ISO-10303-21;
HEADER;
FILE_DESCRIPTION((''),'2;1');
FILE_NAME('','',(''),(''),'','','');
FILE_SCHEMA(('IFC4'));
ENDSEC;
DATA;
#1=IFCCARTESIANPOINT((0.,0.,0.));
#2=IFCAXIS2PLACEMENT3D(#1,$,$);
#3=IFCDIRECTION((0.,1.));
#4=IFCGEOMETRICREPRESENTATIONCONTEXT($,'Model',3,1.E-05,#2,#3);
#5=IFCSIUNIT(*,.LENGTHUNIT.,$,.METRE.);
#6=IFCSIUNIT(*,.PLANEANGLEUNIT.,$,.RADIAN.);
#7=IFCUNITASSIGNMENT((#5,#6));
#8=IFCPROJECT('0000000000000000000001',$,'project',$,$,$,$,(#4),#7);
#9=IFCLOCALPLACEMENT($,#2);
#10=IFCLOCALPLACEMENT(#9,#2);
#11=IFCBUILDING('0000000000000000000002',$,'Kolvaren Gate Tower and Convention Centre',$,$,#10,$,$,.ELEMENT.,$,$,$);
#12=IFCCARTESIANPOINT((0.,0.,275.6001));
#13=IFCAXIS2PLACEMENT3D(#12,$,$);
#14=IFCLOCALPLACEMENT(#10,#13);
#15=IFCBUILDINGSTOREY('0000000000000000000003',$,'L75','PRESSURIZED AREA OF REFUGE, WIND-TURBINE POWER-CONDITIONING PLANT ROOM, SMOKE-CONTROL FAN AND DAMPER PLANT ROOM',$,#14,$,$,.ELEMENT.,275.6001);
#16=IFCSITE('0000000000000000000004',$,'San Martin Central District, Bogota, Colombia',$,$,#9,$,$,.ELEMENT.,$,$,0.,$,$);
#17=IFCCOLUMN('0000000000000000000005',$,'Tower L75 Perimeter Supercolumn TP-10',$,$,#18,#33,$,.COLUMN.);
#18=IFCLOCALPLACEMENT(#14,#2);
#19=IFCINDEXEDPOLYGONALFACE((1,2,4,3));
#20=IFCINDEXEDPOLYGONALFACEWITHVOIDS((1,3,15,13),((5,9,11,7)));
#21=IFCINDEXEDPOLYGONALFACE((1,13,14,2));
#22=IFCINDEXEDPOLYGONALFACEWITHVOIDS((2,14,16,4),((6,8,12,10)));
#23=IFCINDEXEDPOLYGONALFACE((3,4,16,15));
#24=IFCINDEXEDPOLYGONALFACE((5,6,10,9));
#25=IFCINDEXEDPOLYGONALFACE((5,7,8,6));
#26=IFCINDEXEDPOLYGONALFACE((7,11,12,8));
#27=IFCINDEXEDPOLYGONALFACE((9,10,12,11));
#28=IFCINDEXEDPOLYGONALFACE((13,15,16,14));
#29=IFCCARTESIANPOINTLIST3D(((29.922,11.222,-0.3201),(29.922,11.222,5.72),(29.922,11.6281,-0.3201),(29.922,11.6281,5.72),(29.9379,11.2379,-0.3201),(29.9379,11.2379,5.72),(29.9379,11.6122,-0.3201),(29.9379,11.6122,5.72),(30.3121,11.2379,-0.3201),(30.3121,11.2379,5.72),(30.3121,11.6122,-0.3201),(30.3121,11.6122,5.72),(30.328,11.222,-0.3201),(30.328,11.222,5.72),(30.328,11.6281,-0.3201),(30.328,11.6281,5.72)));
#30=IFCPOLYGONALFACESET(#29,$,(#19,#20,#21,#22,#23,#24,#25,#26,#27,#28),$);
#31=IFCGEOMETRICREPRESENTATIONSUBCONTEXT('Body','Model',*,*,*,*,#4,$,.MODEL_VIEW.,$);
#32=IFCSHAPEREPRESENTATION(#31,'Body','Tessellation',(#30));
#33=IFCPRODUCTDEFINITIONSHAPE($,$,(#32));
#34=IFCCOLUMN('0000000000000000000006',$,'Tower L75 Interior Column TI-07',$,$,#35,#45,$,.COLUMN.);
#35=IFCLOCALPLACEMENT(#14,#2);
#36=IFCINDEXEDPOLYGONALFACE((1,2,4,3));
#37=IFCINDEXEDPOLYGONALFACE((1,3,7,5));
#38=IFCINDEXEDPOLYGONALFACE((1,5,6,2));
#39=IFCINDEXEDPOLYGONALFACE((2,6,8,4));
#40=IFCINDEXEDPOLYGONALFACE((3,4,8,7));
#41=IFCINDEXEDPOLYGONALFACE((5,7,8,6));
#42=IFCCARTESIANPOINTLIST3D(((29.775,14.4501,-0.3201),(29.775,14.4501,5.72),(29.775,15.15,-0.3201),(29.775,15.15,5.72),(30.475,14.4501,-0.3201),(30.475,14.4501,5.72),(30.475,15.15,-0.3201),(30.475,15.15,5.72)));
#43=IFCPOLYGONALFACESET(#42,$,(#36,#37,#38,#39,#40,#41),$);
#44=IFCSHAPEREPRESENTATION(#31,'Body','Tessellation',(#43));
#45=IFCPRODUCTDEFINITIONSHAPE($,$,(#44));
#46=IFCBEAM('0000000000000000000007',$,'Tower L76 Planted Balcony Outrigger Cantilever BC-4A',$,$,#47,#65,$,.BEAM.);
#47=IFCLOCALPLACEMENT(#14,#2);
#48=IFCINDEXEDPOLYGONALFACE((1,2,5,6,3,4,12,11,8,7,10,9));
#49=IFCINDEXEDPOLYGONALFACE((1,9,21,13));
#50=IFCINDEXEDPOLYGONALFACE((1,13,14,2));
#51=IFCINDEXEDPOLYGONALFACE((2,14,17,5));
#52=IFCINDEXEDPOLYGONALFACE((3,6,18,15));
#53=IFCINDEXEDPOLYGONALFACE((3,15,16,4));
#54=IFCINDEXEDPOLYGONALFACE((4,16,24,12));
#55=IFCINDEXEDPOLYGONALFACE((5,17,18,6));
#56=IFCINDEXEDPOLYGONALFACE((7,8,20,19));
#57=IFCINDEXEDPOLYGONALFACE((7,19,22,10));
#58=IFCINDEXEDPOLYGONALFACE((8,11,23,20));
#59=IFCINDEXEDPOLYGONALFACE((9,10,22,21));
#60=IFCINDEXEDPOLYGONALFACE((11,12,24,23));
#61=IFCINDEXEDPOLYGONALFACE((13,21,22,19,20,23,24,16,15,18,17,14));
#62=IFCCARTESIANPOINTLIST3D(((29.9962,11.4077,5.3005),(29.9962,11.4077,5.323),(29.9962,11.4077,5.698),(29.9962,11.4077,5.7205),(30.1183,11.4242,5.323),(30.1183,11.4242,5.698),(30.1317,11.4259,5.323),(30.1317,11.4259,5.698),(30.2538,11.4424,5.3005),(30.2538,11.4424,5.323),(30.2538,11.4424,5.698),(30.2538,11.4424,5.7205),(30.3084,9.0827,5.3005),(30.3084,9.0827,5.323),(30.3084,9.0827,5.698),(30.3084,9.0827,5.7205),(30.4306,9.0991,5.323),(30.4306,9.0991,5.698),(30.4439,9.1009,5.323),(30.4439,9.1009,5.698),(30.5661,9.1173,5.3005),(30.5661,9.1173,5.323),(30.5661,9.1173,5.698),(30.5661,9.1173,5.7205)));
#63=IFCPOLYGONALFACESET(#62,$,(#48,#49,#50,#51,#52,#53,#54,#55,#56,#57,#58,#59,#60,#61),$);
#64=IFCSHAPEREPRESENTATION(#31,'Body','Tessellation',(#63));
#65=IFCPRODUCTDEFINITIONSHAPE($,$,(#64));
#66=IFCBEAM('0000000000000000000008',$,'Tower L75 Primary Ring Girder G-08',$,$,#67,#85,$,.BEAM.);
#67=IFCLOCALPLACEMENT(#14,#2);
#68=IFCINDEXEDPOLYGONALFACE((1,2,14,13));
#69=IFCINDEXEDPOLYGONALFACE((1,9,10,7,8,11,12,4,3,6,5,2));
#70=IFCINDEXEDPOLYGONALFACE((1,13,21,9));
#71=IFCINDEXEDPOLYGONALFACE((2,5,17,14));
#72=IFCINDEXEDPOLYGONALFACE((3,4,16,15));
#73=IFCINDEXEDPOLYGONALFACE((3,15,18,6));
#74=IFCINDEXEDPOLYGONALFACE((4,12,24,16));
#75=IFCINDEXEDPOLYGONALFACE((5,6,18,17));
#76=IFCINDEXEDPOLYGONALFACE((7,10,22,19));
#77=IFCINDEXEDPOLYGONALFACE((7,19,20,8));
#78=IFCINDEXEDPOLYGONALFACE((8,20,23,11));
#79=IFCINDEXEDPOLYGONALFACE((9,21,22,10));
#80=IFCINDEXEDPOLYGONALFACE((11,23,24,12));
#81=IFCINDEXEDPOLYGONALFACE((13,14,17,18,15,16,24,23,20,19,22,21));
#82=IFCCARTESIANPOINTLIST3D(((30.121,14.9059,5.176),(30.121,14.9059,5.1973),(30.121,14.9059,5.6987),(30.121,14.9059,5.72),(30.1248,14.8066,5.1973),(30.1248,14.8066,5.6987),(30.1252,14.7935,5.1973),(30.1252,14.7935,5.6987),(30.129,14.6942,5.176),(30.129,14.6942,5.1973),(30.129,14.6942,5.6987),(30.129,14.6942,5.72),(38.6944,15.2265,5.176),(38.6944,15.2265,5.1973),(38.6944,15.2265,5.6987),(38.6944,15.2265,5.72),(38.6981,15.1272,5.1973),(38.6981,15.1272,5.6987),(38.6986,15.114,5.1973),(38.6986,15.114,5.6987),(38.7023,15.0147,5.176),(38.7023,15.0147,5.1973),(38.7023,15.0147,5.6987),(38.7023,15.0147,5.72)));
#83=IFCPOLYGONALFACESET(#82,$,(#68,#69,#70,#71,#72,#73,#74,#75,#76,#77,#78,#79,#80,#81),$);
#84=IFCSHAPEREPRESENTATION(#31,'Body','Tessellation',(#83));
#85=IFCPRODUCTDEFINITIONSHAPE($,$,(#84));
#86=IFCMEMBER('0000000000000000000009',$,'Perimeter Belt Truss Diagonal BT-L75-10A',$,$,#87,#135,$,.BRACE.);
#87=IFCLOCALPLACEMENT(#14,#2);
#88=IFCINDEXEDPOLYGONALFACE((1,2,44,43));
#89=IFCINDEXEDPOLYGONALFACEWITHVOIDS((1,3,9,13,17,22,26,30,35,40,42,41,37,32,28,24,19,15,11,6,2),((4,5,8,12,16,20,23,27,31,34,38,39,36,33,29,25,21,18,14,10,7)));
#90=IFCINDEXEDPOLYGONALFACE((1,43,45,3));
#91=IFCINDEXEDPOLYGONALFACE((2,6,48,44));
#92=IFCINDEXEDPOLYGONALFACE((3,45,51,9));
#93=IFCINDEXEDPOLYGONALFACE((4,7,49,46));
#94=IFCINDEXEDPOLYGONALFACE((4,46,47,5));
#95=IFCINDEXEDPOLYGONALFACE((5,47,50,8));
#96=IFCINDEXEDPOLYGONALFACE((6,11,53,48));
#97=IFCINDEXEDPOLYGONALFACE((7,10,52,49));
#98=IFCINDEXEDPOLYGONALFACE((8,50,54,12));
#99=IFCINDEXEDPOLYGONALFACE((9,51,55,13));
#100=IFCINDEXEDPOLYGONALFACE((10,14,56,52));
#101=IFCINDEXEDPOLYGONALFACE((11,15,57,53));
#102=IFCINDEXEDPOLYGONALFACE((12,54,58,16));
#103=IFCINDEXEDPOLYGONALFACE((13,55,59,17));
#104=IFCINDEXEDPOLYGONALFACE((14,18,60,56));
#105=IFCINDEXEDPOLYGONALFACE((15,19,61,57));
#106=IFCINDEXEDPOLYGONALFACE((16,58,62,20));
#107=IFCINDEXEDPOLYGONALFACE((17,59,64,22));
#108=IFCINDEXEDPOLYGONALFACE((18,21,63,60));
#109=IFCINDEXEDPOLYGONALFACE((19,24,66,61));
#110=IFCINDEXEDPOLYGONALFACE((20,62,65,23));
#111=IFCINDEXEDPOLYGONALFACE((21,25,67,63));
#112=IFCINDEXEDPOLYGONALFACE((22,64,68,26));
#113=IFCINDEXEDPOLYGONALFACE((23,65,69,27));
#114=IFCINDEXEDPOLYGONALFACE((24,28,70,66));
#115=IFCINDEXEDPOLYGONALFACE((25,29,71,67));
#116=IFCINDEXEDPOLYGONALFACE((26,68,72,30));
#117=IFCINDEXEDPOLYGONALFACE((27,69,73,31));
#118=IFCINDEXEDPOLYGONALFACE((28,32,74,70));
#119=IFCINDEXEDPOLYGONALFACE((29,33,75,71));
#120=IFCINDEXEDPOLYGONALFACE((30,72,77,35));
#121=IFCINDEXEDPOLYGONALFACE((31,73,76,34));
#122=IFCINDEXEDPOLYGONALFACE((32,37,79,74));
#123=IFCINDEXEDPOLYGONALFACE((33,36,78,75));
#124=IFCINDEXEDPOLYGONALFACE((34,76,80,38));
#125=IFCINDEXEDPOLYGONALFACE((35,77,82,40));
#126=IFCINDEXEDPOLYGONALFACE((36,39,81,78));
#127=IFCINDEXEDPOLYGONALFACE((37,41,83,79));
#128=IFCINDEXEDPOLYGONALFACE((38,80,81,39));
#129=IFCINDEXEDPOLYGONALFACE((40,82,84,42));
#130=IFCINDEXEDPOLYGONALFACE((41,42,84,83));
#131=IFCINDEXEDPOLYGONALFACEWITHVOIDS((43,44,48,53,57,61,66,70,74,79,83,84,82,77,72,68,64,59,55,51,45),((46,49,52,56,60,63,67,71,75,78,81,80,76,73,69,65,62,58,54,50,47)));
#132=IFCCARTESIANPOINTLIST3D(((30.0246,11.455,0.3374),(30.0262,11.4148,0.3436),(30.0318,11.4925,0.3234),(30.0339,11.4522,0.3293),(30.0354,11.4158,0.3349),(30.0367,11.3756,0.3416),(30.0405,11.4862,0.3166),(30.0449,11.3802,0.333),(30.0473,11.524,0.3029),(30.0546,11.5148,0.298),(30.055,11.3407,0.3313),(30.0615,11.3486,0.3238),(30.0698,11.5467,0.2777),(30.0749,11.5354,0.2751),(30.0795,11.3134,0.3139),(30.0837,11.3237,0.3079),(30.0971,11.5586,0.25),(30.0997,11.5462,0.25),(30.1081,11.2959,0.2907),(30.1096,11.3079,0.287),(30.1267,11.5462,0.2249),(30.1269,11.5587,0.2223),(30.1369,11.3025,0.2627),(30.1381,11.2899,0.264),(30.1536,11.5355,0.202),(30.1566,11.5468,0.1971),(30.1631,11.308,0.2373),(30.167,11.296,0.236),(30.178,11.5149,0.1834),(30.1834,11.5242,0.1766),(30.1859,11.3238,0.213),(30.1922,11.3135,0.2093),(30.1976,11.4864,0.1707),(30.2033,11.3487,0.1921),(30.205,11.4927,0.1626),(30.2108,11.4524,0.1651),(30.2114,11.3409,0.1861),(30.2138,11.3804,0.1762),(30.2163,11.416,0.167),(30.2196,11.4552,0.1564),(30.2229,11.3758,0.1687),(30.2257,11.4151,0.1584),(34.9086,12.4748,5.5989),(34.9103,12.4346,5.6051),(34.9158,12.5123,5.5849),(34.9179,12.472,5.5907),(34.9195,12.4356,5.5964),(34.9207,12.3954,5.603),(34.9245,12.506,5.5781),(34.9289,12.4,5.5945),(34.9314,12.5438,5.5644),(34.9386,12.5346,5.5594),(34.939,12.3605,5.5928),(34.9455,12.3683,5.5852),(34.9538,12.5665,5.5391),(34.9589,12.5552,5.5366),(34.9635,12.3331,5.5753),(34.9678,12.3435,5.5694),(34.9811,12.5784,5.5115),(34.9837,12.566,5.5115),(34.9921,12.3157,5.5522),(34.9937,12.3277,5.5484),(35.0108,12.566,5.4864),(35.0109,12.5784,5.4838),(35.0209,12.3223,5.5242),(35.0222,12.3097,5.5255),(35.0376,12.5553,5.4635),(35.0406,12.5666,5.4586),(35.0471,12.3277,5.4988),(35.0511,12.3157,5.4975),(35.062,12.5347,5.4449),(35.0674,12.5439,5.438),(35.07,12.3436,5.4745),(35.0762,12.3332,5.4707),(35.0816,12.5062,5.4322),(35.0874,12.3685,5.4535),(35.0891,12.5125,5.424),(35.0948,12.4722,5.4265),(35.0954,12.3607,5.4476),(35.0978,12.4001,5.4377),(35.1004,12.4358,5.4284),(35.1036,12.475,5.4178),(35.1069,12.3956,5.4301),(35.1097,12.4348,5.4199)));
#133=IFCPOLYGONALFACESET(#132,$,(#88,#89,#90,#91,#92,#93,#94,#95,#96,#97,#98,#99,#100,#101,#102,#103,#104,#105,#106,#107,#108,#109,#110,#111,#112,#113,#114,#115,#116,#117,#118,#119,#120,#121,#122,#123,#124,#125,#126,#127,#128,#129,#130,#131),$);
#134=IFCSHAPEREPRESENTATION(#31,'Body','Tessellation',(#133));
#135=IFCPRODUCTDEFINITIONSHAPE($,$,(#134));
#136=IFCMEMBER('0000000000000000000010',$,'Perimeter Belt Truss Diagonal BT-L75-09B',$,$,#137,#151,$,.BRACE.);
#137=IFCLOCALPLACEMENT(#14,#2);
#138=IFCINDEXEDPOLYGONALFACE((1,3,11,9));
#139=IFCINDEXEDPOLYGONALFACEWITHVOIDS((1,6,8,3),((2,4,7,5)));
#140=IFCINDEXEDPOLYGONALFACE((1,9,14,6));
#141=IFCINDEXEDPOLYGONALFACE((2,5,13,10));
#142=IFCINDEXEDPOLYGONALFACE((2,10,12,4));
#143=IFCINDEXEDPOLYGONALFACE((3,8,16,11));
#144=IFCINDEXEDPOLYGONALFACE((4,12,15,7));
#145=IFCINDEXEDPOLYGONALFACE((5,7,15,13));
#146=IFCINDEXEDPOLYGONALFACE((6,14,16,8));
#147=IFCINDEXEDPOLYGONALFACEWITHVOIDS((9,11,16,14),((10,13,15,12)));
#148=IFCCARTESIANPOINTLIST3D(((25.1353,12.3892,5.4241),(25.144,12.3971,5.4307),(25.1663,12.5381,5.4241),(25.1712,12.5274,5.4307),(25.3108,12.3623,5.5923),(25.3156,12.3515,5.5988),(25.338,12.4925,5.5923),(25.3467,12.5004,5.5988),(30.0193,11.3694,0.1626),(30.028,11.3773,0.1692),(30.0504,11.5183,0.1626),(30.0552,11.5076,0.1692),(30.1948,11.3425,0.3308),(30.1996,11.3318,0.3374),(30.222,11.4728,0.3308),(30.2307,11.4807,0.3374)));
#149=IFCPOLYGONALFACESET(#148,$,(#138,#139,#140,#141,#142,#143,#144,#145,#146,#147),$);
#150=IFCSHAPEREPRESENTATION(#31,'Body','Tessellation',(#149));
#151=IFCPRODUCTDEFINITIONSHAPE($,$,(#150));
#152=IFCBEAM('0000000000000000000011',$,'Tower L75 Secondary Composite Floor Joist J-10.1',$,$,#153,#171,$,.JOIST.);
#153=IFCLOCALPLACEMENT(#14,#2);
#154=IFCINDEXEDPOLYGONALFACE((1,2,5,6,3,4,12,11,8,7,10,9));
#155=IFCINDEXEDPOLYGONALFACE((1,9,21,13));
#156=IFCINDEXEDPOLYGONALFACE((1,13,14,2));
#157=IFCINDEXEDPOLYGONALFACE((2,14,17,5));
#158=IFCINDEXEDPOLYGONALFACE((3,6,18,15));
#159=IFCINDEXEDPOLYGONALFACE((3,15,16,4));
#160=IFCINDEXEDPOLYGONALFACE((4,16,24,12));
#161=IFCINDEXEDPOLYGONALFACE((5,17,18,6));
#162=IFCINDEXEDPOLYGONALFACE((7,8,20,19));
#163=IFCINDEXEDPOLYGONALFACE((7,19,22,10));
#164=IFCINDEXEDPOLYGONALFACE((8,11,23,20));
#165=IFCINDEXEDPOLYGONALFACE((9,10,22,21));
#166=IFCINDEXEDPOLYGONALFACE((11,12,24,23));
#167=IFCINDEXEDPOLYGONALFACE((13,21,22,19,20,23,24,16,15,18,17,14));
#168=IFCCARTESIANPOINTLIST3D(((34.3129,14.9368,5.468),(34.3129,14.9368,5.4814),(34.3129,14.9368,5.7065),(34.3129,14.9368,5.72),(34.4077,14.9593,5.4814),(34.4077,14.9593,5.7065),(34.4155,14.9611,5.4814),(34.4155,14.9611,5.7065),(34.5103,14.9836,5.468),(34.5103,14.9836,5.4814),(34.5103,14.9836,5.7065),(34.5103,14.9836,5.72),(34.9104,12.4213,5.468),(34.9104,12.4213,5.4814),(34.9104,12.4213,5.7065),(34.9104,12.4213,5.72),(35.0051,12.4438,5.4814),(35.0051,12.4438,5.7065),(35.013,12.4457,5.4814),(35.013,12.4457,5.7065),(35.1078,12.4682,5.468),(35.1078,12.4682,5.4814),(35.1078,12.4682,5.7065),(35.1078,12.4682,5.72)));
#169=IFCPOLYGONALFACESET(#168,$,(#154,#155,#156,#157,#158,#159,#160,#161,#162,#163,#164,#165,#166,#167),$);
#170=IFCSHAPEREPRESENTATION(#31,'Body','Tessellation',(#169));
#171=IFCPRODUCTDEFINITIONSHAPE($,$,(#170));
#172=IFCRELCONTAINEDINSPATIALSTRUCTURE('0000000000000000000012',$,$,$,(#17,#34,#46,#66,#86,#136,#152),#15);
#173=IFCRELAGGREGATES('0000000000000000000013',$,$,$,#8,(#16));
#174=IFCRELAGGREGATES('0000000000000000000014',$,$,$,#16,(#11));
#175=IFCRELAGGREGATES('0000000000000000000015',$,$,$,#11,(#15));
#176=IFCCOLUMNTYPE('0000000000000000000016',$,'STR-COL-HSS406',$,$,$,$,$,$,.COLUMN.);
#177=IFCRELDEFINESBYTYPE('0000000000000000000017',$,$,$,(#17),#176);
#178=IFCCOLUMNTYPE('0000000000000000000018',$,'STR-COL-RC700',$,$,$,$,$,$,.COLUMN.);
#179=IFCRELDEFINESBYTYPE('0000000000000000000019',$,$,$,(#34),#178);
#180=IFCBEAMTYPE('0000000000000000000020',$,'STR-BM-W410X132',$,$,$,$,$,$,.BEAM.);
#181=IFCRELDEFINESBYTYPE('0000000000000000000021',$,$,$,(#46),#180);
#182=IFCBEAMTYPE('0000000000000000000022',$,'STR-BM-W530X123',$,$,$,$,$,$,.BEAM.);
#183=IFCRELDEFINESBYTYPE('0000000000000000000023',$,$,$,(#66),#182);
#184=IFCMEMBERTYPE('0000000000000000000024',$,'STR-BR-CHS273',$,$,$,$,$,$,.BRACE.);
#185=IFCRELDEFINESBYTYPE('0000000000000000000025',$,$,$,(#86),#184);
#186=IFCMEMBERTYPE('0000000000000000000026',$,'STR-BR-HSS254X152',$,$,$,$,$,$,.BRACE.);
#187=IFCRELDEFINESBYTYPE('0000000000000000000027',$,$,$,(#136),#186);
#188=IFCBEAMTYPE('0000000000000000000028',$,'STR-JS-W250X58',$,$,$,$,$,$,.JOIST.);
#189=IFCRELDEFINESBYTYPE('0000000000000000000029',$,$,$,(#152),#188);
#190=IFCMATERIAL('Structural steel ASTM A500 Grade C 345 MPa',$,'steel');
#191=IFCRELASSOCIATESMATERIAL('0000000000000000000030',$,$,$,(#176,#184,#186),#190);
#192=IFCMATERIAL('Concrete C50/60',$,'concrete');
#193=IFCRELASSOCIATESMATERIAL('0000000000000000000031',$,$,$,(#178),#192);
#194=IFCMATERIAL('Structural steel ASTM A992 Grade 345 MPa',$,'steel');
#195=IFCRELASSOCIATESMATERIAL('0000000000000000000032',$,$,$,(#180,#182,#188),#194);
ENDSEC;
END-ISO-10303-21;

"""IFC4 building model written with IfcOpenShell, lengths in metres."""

from ifc_helpers import new_model, si_unit, direction, frame, origin, origin_2d, place, context, subcontext, project, spatial, rectangle, hollow_rectangle, hollow_circle, i_section, extrude, material, material_profile, profile_set, type_object, element, save


model = new_model("IFC4")

# Units and contexts
model_context = context("Model", 3, precision=1e-05, world=origin(), true_north=direction((0.0, 1.0)))
body_context = subcontext(model_context, "Body", "Model", "MODEL_VIEW")
ifc_project = project(units=[si_unit("LENGTHUNIT", "METRE"), si_unit("PLANEANGLEUNIT", "RADIAN")], contexts=[model_context])

# Site, building, storey
site_placement = place(None, origin())
site = spatial("IfcSite", under=ifc_project, at=site_placement, Name="San Martin Central District, Bogota, Colombia", CompositionType="ELEMENT", RefElevation=0.0)
building_placement = place(site_placement, origin())
building = spatial("IfcBuilding", under=site, at=building_placement, Name="Kolvaren Gate Tower and Convention Centre", CompositionType="ELEMENT")
storey_placement = place(building_placement, frame((0.0, 0.0, 275.6001)))
storey = spatial("IfcBuildingStorey", under=building, at=storey_placement, Name="L75", Description="PRESSURIZED AREA OF REFUGE, WIND-TURBINE POWER-CONDITIONING PLANT ROOM, SMOKE-CONTROL FAN AND DAMPER PLANT ROOM", CompositionType="ELEMENT", Elevation=275.6001)

# Columns
ifc_material_1 = material(Name="Structural steel ASTM A500 Grade C 345 MPa", Category="steel")
ifc_material_profile_1 = material_profile(ifc_material_1, hollow_rectangle(XDim=0.406, YDim=0.406, WallThickness=0.0159, at=origin_2d()), Name="HSS406X406X15.9")
ifc_profile_set_1 = profile_set([ifc_material_profile_1], Name="Structural steel ASTM A500 Grade C 345 MPa")
column_type_1 = type_object("IfcColumnType", Name="STR-COL-HSS406", PredefinedType="COLUMN", material=ifc_profile_set_1)
column_1_placement = place(storey_placement, frame((30.125, 11.425, -0.3201), z_axis=(0.0, 0.0, 1.0), x_axis=(1.0, 0.0, 0.0)))
element("IfcColumn", 1, at=column_1_placement, inside=storey, type_object=column_type_1, Name="Tower L75 Perimeter Supercolumn TP-10", PredefinedType="COLUMN", context=body_context, shape_type="SweptSolid", body=[
    extrude(hollow_rectangle(XDim=0.406, YDim=0.406, WallThickness=0.0159, at=origin_2d()), origin(), (0.0, 0.0, 1.0), 6.04),
])
ifc_material_2 = material(Name="Concrete C50/60", Category="concrete")
ifc_material_profile_2 = material_profile(ifc_material_2, rectangle(XDim=0.7, YDim=0.7, at=origin_2d()), Name="RC-COL-700X700")
ifc_profile_set_2 = profile_set([ifc_material_profile_2], Name="Concrete C50/60")
column_type_2 = type_object("IfcColumnType", Name="STR-COL-RC700", PredefinedType="COLUMN", material=ifc_profile_set_2)
column_2_placement = place(storey_placement, frame((30.125, 14.8, -0.3201), z_axis=(0.0, 0.0, 1.0), x_axis=(1.0, 0.0, 0.0)))
element("IfcColumn", 2, at=column_2_placement, inside=storey, type_object=column_type_2, Name="Tower L75 Interior Column TI-07", PredefinedType="COLUMN", context=body_context, shape_type="SweptSolid", body=[
    extrude(rectangle(XDim=0.7, YDim=0.7, at=origin_2d()), origin(), (0.0, 0.0, 1.0), 6.04),
])

# Beams
ifc_material_3 = material(Name="Structural steel ASTM A992 Grade 345 MPa", Category="steel")
ifc_material_profile_3 = material_profile(ifc_material_3, i_section(OverallWidth=0.26, OverallDepth=0.4199, WebThickness=0.0134, FlangeThickness=0.0225, at=origin_2d()), Name="W410X132")
ifc_profile_set_3 = profile_set([ifc_material_profile_3], Name="Structural steel ASTM A992 Grade 345 MPa")
beam_type_1 = type_object("IfcBeamType", Name="STR-BM-W410X132", PredefinedType="BEAM", material=ifc_profile_set_3)
beam_1_placement = place(storey_placement, frame((30.125, 11.425, 5.5105), z_axis=(0.133111, -0.991101, 0.0), x_axis=(0.991101, 0.133111, 0.0)))
element("IfcBeam", 3, at=beam_1_placement, inside=storey, type_object=beam_type_1, Name="Tower L76 Planted Balcony Outrigger Cantilever BC-4A", PredefinedType="BEAM", context=body_context, shape_type="SweptSolid", body=[
    extrude(i_section(OverallWidth=0.26, OverallDepth=0.4199, WebThickness=0.0134, FlangeThickness=0.0225, at=origin_2d()), origin(), (0.0, 0.0, 1.0), 2.3459),
])
ifc_material_profile_4 = material_profile(ifc_material_3, i_section(OverallWidth=0.2119, OverallDepth=0.5439, WebThickness=0.0132, FlangeThickness=0.0212, at=origin_2d()), Name="W530X123")
ifc_profile_set_4 = profile_set([ifc_material_profile_4], Name="Structural steel ASTM A992 Grade 345 MPa")
beam_type_2 = type_object("IfcBeamType", Name="STR-BM-W530X123", PredefinedType="BEAM", material=ifc_profile_set_4)
beam_2_placement = place(storey_placement, frame((30.125, 14.8, 5.448), z_axis=(0.999302, 0.037364, 0.0), x_axis=(-0.037364, 0.999302, 0.0)))
element("IfcBeam", 4, at=beam_2_placement, inside=storey, type_object=beam_type_2, Name="Tower L75 Primary Ring Girder G-08", PredefinedType="BEAM", context=body_context, shape_type="SweptSolid", body=[
    extrude(i_section(OverallWidth=0.2119, OverallDepth=0.5439, WebThickness=0.0132, FlangeThickness=0.0212, at=origin_2d()), origin(), (0.0, 0.0, 1.0), 8.5793),
])

# Members
ifc_material_profile_5 = material_profile(ifc_material_1, hollow_circle(Radius=0.1365, WallThickness=0.0127, at=origin_2d()), Name="CHS273X12.7")
ifc_profile_set_5 = profile_set([ifc_material_profile_5], Name="Structural steel ASTM A500 Grade C 345 MPa")
member_type_1 = type_object("IfcMemberType", Name="STR-BR-CHS273", PredefinedType="BRACE", material=ifc_profile_set_5)
member_1_placement = place(storey_placement, frame((30.125, 11.425, 0.25), z_axis=(0.673568, 0.140639, 0.725622), x_axis=(-0.20439, 0.97889, 0.0)))
element("IfcMember", 5, at=member_1_placement, inside=storey, type_object=member_type_1, Name="Perimeter Belt Truss Diagonal BT-L75-10A", PredefinedType="BRACE", context=body_context, shape_type="SweptSolid", body=[
    extrude(hollow_circle(Radius=0.1365, WallThickness=0.0127, at=origin_2d()), origin(), (0.0, 0.0, 1.0), 7.251),
])
ifc_material_profile_6 = material_profile(ifc_material_1, hollow_rectangle(XDim=0.1521, YDim=0.2539, WallThickness=0.0095, at=origin_2d()), Name="HSS254X152X9.5")
ifc_profile_set_6 = profile_set([ifc_material_profile_6], Name="Structural steel ASTM A500 Grade C 345 MPa")
member_type_2 = type_object("IfcMemberType", Name="STR-BR-HSS254X152", PredefinedType="BRACE", material=ifc_profile_set_6)
member_2_placement = place(storey_placement, frame((30.125, 11.425, 0.25), z_axis=(-0.673568, 0.140639, 0.725622), x_axis=(-0.20439, -0.97889, 0.0)))
element("IfcMember", 6, at=member_2_placement, inside=storey, type_object=member_type_2, Name="Perimeter Belt Truss Diagonal BT-L75-09B", PredefinedType="BRACE", context=body_context, shape_type="SweptSolid", body=[
    extrude(hollow_rectangle(XDim=0.1521, YDim=0.2539, WallThickness=0.0095, at=origin_2d()), origin(), (0.0, 0.0, 1.0), 7.251),
])

# Beam
ifc_material_profile_7 = material_profile(ifc_material_3, i_section(OverallWidth=0.2029, OverallDepth=0.252, WebThickness=0.0081, FlangeThickness=0.0134, at=origin_2d()), Name="W250X58")
ifc_profile_set_7 = profile_set([ifc_material_profile_7], Name="Structural steel ASTM A992 Grade 345 MPa")
beam_type_3 = type_object("IfcBeamType", Name="STR-JS-W250X58", PredefinedType="JOIST", material=ifc_profile_set_7)
beam_3_placement = place(storey_placement, frame((34.4116, 14.9602, 5.594), z_axis=(0.231076, -0.972936, 0.0), x_axis=(0.972936, 0.231076, 0.0)))
element("IfcBeam", 7, at=beam_3_placement, inside=storey, type_object=beam_type_3, Name="Tower L75 Secondary Composite Floor Joist J-10.1", PredefinedType="JOIST", context=body_context, shape_type="SweptSolid", body=[
    extrude(i_section(OverallWidth=0.2029, OverallDepth=0.252, WebThickness=0.0081, FlangeThickness=0.0134, at=origin_2d()), origin(), (0.0, 0.0, 1.0), 2.5854),
])

save(model, "model.ifc")
